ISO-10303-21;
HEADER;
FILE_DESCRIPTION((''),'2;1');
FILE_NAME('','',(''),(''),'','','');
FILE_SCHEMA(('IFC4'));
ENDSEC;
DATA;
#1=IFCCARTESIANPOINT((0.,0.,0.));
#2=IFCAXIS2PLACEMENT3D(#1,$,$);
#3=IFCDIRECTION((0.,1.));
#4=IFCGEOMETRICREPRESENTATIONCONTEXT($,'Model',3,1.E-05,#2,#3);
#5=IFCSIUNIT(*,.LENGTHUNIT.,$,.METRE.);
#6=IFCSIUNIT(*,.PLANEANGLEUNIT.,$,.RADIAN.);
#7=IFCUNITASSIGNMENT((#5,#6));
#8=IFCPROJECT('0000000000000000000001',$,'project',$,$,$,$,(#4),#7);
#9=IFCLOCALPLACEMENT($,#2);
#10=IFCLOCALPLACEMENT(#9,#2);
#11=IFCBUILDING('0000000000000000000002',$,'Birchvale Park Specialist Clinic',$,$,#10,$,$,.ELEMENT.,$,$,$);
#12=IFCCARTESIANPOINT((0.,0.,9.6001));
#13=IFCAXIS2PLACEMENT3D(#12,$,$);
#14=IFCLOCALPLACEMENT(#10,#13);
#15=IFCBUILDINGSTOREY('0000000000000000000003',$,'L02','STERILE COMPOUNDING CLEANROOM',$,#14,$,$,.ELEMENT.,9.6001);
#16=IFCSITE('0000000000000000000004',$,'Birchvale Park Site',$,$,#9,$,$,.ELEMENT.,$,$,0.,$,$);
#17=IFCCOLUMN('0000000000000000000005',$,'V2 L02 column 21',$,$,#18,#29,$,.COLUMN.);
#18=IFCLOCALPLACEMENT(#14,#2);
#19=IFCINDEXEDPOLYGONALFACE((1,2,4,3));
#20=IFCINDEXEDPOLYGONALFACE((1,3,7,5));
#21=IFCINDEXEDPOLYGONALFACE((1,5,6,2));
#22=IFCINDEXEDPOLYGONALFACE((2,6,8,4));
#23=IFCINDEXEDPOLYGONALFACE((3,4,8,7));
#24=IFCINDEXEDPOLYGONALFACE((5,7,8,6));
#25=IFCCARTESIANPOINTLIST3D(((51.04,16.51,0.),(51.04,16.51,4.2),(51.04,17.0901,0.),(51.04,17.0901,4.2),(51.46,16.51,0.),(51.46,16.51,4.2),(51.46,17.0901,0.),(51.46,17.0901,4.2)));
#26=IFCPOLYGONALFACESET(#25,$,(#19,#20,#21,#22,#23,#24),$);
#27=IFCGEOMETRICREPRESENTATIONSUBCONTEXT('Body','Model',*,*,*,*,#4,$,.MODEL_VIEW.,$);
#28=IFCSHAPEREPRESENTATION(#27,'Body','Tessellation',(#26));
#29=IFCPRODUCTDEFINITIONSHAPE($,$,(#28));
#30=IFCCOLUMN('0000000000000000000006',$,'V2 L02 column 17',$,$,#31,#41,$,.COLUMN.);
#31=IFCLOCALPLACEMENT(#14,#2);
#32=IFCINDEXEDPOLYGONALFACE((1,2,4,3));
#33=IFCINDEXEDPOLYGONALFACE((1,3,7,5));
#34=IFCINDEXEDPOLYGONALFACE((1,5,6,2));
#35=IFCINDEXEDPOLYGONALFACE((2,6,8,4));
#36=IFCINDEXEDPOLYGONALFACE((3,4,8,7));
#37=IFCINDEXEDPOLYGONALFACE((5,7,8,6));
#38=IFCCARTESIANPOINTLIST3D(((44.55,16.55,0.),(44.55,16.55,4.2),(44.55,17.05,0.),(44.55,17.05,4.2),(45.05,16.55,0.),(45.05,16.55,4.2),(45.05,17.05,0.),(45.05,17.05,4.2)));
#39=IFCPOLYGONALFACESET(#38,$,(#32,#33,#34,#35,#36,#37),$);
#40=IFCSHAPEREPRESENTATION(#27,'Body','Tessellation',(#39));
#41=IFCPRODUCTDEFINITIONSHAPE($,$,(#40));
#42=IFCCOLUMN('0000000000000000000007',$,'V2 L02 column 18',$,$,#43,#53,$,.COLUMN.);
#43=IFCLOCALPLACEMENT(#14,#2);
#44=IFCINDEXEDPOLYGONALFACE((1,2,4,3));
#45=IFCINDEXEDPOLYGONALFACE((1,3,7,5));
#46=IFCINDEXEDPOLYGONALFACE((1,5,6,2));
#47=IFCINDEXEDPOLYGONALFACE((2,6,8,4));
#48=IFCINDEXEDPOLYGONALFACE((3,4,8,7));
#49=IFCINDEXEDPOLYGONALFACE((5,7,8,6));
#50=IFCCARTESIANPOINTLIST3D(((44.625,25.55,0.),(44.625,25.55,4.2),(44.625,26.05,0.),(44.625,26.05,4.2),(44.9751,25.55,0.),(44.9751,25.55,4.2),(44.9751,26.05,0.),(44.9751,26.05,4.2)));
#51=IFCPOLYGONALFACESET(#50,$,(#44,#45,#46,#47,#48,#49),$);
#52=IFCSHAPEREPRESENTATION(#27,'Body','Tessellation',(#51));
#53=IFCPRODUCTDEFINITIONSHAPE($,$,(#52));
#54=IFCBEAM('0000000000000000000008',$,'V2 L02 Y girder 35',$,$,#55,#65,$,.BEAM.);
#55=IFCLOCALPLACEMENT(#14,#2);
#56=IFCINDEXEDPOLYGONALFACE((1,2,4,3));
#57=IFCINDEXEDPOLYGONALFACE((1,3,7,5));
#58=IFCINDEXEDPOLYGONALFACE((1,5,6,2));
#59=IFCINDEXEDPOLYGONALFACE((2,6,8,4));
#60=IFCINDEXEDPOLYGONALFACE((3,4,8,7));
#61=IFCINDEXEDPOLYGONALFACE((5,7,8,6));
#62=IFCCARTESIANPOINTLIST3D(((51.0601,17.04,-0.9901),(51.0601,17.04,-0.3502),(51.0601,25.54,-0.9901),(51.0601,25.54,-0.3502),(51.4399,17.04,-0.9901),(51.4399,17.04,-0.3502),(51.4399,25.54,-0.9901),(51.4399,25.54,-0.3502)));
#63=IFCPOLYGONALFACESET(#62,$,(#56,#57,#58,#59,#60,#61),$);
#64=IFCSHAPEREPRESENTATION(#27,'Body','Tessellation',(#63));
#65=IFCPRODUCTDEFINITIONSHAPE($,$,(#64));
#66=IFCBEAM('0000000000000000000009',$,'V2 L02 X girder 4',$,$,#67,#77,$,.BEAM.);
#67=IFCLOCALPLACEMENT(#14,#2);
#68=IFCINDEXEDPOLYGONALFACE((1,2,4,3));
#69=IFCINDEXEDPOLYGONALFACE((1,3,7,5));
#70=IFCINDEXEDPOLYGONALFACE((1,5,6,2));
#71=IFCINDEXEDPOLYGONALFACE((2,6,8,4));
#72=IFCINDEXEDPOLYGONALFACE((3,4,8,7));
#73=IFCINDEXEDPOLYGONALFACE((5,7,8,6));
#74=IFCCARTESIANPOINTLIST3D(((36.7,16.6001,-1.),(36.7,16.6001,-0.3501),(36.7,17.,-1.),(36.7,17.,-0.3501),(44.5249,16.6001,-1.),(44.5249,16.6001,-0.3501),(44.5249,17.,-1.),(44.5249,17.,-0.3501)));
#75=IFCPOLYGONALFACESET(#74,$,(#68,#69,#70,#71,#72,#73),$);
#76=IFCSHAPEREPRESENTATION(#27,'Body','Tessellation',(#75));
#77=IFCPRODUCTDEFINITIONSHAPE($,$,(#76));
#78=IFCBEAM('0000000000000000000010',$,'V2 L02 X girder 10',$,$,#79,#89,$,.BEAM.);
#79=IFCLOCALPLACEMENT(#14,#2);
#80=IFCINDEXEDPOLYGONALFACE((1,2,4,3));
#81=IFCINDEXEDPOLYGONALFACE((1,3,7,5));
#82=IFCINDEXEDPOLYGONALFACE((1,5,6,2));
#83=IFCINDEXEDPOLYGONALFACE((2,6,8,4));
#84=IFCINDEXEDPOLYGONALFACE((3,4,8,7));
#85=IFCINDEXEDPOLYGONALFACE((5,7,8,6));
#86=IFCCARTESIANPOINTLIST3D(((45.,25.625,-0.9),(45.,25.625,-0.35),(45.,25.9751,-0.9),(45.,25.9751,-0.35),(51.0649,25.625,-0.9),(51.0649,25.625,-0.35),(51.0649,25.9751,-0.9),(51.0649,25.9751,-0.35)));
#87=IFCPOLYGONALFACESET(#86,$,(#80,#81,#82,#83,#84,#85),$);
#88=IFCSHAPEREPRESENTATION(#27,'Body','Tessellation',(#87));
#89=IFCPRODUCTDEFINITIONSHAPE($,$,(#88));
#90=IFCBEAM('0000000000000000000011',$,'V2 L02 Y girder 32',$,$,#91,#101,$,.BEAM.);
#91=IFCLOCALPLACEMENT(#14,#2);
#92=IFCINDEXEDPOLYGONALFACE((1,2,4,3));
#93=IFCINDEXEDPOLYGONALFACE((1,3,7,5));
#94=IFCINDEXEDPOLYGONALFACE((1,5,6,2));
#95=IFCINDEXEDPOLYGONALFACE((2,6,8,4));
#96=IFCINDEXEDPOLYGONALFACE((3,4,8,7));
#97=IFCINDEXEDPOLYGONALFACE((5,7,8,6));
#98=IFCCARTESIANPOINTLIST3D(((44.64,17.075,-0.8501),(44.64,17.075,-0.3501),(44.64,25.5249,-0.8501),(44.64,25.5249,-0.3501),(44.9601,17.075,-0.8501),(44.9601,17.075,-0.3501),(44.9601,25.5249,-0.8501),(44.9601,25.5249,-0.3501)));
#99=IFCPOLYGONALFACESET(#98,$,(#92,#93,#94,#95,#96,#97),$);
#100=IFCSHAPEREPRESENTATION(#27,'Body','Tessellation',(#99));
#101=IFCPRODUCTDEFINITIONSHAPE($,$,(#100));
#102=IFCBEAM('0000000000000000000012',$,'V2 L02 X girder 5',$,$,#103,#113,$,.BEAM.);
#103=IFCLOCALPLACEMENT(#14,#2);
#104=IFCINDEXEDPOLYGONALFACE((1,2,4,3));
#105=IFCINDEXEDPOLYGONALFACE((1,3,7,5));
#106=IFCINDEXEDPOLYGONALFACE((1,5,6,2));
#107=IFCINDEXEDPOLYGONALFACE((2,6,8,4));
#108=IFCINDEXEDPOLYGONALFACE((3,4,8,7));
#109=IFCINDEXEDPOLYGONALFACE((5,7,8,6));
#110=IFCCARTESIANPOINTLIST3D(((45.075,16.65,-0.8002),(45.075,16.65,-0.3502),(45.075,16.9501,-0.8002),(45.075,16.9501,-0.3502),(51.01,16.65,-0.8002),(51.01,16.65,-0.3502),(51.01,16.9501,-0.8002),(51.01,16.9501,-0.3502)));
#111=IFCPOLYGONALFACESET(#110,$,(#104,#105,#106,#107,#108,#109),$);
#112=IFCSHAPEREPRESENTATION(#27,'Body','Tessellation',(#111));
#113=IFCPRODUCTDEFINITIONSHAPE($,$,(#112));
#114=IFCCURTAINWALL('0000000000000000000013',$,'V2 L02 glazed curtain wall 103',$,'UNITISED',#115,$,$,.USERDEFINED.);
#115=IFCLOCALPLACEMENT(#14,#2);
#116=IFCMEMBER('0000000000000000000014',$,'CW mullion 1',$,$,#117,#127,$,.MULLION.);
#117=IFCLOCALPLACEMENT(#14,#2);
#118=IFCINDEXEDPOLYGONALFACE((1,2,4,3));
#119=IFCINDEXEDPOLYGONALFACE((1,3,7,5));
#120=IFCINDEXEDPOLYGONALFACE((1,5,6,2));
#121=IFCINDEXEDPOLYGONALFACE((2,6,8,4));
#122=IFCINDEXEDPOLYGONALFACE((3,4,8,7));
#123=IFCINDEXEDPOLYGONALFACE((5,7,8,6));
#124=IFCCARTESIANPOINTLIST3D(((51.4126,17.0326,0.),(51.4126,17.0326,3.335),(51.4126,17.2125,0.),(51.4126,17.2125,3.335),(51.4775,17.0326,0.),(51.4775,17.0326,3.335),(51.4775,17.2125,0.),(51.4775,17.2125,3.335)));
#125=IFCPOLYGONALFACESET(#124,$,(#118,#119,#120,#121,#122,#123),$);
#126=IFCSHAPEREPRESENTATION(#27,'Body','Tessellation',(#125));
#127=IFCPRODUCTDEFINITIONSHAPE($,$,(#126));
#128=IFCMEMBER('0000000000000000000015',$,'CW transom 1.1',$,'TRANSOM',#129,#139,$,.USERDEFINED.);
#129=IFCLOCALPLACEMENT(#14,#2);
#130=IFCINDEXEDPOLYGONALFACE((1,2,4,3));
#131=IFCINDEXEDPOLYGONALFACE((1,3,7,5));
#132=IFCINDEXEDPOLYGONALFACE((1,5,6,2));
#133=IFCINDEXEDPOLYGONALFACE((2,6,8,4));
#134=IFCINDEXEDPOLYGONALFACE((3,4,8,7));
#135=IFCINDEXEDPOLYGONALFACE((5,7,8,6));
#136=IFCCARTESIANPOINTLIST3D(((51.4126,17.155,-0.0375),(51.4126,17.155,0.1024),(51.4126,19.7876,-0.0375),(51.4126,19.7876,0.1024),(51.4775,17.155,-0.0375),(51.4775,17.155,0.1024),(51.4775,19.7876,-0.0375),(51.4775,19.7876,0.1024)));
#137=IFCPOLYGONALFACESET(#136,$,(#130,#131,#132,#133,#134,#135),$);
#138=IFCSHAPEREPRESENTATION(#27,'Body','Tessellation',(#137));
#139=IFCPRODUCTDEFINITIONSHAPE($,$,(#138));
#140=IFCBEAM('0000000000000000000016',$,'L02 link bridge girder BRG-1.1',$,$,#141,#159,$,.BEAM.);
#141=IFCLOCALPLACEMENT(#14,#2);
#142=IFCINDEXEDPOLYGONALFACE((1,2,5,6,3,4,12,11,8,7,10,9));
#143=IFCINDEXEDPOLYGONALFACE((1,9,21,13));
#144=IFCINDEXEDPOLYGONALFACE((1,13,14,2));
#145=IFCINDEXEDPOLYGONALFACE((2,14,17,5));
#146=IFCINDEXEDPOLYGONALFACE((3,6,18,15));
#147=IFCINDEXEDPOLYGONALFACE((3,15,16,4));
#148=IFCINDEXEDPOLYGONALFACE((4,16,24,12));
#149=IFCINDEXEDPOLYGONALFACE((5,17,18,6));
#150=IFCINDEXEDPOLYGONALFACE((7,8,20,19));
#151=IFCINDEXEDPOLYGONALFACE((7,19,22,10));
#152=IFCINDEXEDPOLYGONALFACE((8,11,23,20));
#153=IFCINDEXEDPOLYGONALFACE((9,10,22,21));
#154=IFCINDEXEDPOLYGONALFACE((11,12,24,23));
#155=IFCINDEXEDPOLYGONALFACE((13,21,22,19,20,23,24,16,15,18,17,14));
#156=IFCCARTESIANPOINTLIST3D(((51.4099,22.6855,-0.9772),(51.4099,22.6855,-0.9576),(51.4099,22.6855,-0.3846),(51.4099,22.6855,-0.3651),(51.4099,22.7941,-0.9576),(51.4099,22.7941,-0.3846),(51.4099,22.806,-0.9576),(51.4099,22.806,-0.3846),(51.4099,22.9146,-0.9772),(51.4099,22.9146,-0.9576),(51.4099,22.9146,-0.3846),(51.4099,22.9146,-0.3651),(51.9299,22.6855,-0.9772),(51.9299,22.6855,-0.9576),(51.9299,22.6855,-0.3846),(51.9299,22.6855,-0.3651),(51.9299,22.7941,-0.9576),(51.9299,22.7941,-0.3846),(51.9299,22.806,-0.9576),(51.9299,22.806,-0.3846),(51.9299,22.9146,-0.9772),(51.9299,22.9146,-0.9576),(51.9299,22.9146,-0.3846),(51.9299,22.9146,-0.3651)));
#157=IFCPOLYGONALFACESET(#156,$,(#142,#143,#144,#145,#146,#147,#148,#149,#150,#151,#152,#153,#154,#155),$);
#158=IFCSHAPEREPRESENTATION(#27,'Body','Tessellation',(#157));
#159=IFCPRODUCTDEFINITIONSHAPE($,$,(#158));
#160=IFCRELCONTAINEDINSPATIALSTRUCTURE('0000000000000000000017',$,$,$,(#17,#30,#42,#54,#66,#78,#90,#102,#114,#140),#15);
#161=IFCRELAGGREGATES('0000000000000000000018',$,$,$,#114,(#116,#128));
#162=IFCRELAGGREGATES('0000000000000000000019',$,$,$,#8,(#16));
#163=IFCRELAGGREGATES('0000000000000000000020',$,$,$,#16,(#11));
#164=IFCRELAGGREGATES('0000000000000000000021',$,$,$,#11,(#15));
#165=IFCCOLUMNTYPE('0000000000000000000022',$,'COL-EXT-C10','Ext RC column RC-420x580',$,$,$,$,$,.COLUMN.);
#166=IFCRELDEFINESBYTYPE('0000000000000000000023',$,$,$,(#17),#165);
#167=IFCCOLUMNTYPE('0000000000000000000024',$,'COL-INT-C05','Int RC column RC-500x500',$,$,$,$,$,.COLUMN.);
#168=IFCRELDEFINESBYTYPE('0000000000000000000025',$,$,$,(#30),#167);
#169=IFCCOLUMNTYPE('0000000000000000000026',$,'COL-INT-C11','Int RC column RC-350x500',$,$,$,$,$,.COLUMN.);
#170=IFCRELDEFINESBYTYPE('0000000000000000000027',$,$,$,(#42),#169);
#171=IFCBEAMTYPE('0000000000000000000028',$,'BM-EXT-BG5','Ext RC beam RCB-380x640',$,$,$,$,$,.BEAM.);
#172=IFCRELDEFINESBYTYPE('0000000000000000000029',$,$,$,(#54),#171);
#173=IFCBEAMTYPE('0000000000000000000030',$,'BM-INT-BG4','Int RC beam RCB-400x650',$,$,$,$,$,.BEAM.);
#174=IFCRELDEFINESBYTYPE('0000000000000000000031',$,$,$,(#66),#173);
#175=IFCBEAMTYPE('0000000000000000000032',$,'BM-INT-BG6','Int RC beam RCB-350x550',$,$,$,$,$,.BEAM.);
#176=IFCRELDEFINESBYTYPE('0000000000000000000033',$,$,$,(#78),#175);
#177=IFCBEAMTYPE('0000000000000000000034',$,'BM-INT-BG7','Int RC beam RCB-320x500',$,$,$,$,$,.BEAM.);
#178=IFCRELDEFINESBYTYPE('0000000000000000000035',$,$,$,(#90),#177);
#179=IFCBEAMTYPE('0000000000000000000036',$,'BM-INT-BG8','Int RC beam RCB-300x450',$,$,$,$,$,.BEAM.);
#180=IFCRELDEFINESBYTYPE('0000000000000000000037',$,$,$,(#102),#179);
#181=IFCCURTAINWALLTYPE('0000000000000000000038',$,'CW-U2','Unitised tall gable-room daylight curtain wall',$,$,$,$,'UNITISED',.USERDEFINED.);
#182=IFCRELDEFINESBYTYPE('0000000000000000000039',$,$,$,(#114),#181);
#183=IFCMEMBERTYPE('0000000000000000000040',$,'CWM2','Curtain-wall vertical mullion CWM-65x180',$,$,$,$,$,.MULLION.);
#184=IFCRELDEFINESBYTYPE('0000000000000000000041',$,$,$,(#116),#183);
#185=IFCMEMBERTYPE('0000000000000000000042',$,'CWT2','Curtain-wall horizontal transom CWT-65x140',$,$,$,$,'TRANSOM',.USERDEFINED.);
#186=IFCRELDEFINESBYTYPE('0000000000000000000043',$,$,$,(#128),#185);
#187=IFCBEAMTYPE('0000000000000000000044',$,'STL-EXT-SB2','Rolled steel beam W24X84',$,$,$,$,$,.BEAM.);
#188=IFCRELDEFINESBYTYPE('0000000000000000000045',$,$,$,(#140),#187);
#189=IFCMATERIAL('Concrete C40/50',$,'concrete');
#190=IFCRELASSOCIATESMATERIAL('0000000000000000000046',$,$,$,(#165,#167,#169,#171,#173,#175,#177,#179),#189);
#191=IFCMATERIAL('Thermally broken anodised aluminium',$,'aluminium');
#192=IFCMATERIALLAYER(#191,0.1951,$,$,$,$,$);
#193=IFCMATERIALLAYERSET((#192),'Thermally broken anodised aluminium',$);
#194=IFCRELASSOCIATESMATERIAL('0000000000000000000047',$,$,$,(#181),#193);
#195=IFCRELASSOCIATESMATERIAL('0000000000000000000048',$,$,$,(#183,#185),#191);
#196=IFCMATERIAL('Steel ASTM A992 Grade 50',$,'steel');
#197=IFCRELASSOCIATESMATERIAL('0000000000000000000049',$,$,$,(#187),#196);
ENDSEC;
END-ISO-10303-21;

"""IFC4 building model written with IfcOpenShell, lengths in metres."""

from ifc_helpers import new_model, si_unit, direction, frame, origin, origin_2d, place, context, subcontext, project, spatial, rectangle, i_section, extrude, material, layer, layer_set, material_profile, profile_set, type_object, element, aggregate, save


model = new_model("IFC4")

# Units and contexts
model_context = context("Model", 3, precision=1e-05, world=origin(), true_north=direction((0.0, 1.0)))
body_context = subcontext(model_context, "Body", "Model", "MODEL_VIEW")
ifc_project = project(units=[si_unit("LENGTHUNIT", "METRE"), si_unit("PLANEANGLEUNIT", "RADIAN")], contexts=[model_context])

# Site, building, storey
site_placement = place(None, origin())
site = spatial("IfcSite", under=ifc_project, at=site_placement, Name="Birchvale Park Site", CompositionType="ELEMENT", RefElevation=0.0)
building_placement = place(site_placement, origin())
building = spatial("IfcBuilding", under=site, at=building_placement, Name="Birchvale Park Specialist Clinic", CompositionType="ELEMENT")
storey_placement = place(building_placement, frame((0.0, 0.0, 9.6001)))
storey = spatial("IfcBuildingStorey", under=building, at=storey_placement, Name="L02", Description="STERILE COMPOUNDING CLEANROOM", CompositionType="ELEMENT", Elevation=9.6001)

# Columns
ifc_material_1 = material(Name="Concrete C40/50", Category="concrete")
ifc_material_profile_1 = material_profile(ifc_material_1, rectangle(XDim=0.4199, YDim=0.5801, at=origin_2d()), Name="RC-420x580")
ifc_profile_set_1 = profile_set([ifc_material_profile_1], Name="Concrete C40/50")
column_type_1 = type_object("IfcColumnType", Name="COL-EXT-C10", Description="Ext RC column RC-420x580", PredefinedType="COLUMN", material=ifc_profile_set_1)
column_1_placement = place(storey_placement, frame((51.25, 16.8, 0.0), z_axis=(0.0, 0.0, 1.0), x_axis=(1.0, 0.0, 0.0)))
element("IfcColumn", 1, at=column_1_placement, inside=storey, type_object=column_type_1, Name="V2 L02 column 21", PredefinedType="COLUMN", context=body_context, shape_type="SweptSolid", body=[
    extrude(rectangle(XDim=0.4199, YDim=0.5801, at=origin_2d()), origin(), (0.0, 0.0, 1.0), 4.2),
])
ifc_material_profile_2 = material_profile(ifc_material_1, rectangle(XDim=0.5, YDim=0.5, at=origin_2d()), Name="RC-500x500")
ifc_profile_set_2 = profile_set([ifc_material_profile_2], Name="Concrete C40/50")
column_type_2 = type_object("IfcColumnType", Name="COL-INT-C05", Description="Int RC column RC-500x500", PredefinedType="COLUMN", material=ifc_profile_set_2)
column_2_placement = place(storey_placement, frame((44.8, 16.8, 0.0), z_axis=(0.0, 0.0, 1.0), x_axis=(1.0, 0.0, 0.0)))
element("IfcColumn", 2, at=column_2_placement, inside=storey, type_object=column_type_2, Name="V2 L02 column 17", PredefinedType="COLUMN", context=body_context, shape_type="SweptSolid", body=[
    extrude(rectangle(XDim=0.5, YDim=0.5, at=origin_2d()), origin(), (0.0, 0.0, 1.0), 4.2),
])
ifc_material_profile_3 = material_profile(ifc_material_1, rectangle(XDim=0.3501, YDim=0.5, at=origin_2d()), Name="RC-350x500")
ifc_profile_set_3 = profile_set([ifc_material_profile_3], Name="Concrete C40/50")
column_type_3 = type_object("IfcColumnType", Name="COL-INT-C11", Description="Int RC column RC-350x500", PredefinedType="COLUMN", material=ifc_profile_set_3)
column_3_placement = place(storey_placement, frame((44.8, 25.8, 0.0), z_axis=(0.0, 0.0, 1.0), x_axis=(1.0, 0.0, 0.0)))
element("IfcColumn", 3, at=column_3_placement, inside=storey, type_object=column_type_3, Name="V2 L02 column 18", PredefinedType="COLUMN", context=body_context, shape_type="SweptSolid", body=[
    extrude(rectangle(XDim=0.3501, YDim=0.5, at=origin_2d()), origin(), (0.0, 0.0, 1.0), 4.2),
])

# Beams
ifc_material_profile_4 = material_profile(ifc_material_1, rectangle(XDim=0.3799, YDim=0.6399, at=origin_2d()), Name="RCB-380x640")
ifc_profile_set_4 = profile_set([ifc_material_profile_4], Name="Concrete C40/50")
beam_type_1 = type_object("IfcBeamType", Name="BM-EXT-BG5", Description="Ext RC beam RCB-380x640", PredefinedType="BEAM", material=ifc_profile_set_4)
beam_1_placement = place(storey_placement, frame((51.25, 17.04, -0.6702), z_axis=(0.0, 1.0, 0.0), x_axis=(-1.0, 0.0, 0.0)))
element("IfcBeam", 4, at=beam_1_placement, inside=storey, type_object=beam_type_1, Name="V2 L02 Y girder 35", PredefinedType="BEAM", context=body_context, shape_type="SweptSolid", body=[
    extrude(rectangle(XDim=0.3799, YDim=0.6399, at=origin_2d()), origin(), (0.0, 0.0, 1.0), 8.5),
])
ifc_material_profile_5 = material_profile(ifc_material_1, rectangle(XDim=0.3999, YDim=0.6499, at=origin_2d()), Name="RCB-400x650")
ifc_profile_set_5 = profile_set([ifc_material_profile_5], Name="Concrete C40/50")
beam_type_2 = type_object("IfcBeamType", Name="BM-INT-BG4", Description="Int RC beam RCB-400x650", PredefinedType="BEAM", material=ifc_profile_set_5)
beam_2_placement = place(storey_placement, frame((36.7, 16.8, -0.675), z_axis=(1.0, 0.0, 0.0), x_axis=(0.0, 1.0, 0.0)))
element("IfcBeam", 5, at=beam_2_placement, inside=storey, type_object=beam_type_2, Name="V2 L02 X girder 4", PredefinedType="BEAM", context=body_context, shape_type="SweptSolid", body=[
    extrude(rectangle(XDim=0.3999, YDim=0.6499, at=origin_2d()), origin(), (0.0, 0.0, 1.0), 7.825),
])
ifc_material_profile_6 = material_profile(ifc_material_1, rectangle(XDim=0.3501, YDim=0.55, at=origin_2d()), Name="RCB-350x550")
ifc_profile_set_6 = profile_set([ifc_material_profile_6], Name="Concrete C40/50")
beam_type_3 = type_object("IfcBeamType", Name="BM-INT-BG6", Description="Int RC beam RCB-350x550", PredefinedType="BEAM", material=ifc_profile_set_6)
beam_3_placement = place(storey_placement, frame((45.0, 25.8, -0.625), z_axis=(1.0, 0.0, 0.0), x_axis=(0.0, 1.0, 0.0)))
element("IfcBeam", 6, at=beam_3_placement, inside=storey, type_object=beam_type_3, Name="V2 L02 X girder 10", PredefinedType="BEAM", context=body_context, shape_type="SweptSolid", body=[
    extrude(rectangle(XDim=0.3501, YDim=0.55, at=origin_2d()), origin(), (0.0, 0.0, 1.0), 6.0649),
])
ifc_material_profile_7 = material_profile(ifc_material_1, rectangle(XDim=0.3201, YDim=0.5, at=origin_2d()), Name="RCB-320x500")
ifc_profile_set_7 = profile_set([ifc_material_profile_7], Name="Concrete C40/50")
beam_type_4 = type_object("IfcBeamType", Name="BM-INT-BG7", Description="Int RC beam RCB-320x500", PredefinedType="BEAM", material=ifc_profile_set_7)
beam_4_placement = place(storey_placement, frame((44.8, 17.075, -0.6001), z_axis=(0.0, 1.0, 0.0), x_axis=(-1.0, 0.0, 0.0)))
element("IfcBeam", 7, at=beam_4_placement, inside=storey, type_object=beam_type_4, Name="V2 L02 Y girder 32", PredefinedType="BEAM", context=body_context, shape_type="SweptSolid", body=[
    extrude(rectangle(XDim=0.3201, YDim=0.5, at=origin_2d()), origin(), (0.0, 0.0, 1.0), 8.45),
])
ifc_material_profile_8 = material_profile(ifc_material_1, rectangle(XDim=0.3, YDim=0.45, at=origin_2d()), Name="RCB-300x450")
ifc_profile_set_8 = profile_set([ifc_material_profile_8], Name="Concrete C40/50")
beam_type_5 = type_object("IfcBeamType", Name="BM-INT-BG8", Description="Int RC beam RCB-300x450", PredefinedType="BEAM", material=ifc_profile_set_8)
beam_5_placement = place(storey_placement, frame((45.075, 16.8, -0.5752), z_axis=(1.0, 0.0, 0.0), x_axis=(0.0, 1.0, 0.0)))
element("IfcBeam", 8, at=beam_5_placement, inside=storey, type_object=beam_type_5, Name="V2 L02 X girder 5", PredefinedType="BEAM", context=body_context, shape_type="SweptSolid", body=[
    extrude(rectangle(XDim=0.3, YDim=0.45, at=origin_2d()), origin(), (0.0, 0.0, 1.0), 5.9351),
])

# Curtain wall, members
ifc_material_2 = material(Name="Thermally broken anodised aluminium", Category="aluminium")
ifc_layer_1 = layer(ifc_material_2, 0.1951)
ifc_layer_set_1 = layer_set([ifc_layer_1], Name="Thermally broken anodised aluminium")
curtain_wall_type = type_object("IfcCurtainWallType", Name="CW-U2", Description="Unitised tall gable-room daylight curtain wall", ElementType="UNITISED", PredefinedType="USERDEFINED", material=ifc_layer_set_1)
curtain_wall_placement = place(storey_placement, origin())
curtain_wall = element("IfcCurtainWall", 9, at=curtain_wall_placement, inside=storey, type_object=curtain_wall_type, Name="V2 L02 glazed curtain wall 103", ObjectType="UNITISED", PredefinedType="USERDEFINED")
ifc_material_profile_9 = material_profile(ifc_material_2, rectangle(XDim=0.0649, YDim=0.1799, at=origin_2d()), Name="CWM-65x180")
ifc_profile_set_9 = profile_set([ifc_material_profile_9], Name="Thermally broken anodised aluminium")
member_type_1 = type_object("IfcMemberType", Name="CWM2", Description="Curtain-wall vertical mullion CWM-65x180", PredefinedType="MULLION", material=ifc_profile_set_9)
member_1_placement = place(storey_placement, frame((51.4451, 17.1226, 0.0), z_axis=(0.0, 0.0, 1.0), x_axis=(-1.0, 0.0, 0.0)))
member_1 = element("IfcMember", 10, at=member_1_placement, type_object=member_type_1, Name="CW mullion 1", PredefinedType="MULLION", context=body_context, shape_type="SweptSolid", body=[
    extrude(rectangle(XDim=0.0649, YDim=0.1799, at=origin_2d()), origin(), (0.0, 0.0, 1.0), 3.335),
])
ifc_material_profile_10 = material_profile(ifc_material_2, rectangle(XDim=0.0649, YDim=0.1399, at=origin_2d()), Name="CWT-65x140")
ifc_profile_set_10 = profile_set([ifc_material_profile_10], Name="Thermally broken anodised aluminium")
member_type_2 = type_object("IfcMemberType", Name="CWT2", Description="Curtain-wall horizontal transom CWT-65x140", ElementType="TRANSOM", PredefinedType="USERDEFINED", material=ifc_profile_set_10)
member_2_placement = place(storey_placement, frame((51.4451, 17.155, 0.0325), z_axis=(0.0, 1.0, 0.0), x_axis=(-1.0, 0.0, 0.0)))
member_2 = element("IfcMember", 11, at=member_2_placement, type_object=member_type_2, Name="CW transom 1.1", ObjectType="TRANSOM", PredefinedType="USERDEFINED", context=body_context, shape_type="SweptSolid", body=[
    extrude(rectangle(XDim=0.0649, YDim=0.1399, at=origin_2d()), origin(), (0.0, 0.0, 1.0), 2.6326),
])
aggregate(curtain_wall, [member_1, member_2])

# Beam
ifc_material_3 = material(Name="Steel ASTM A992 Grade 50", Category="steel")
ifc_material_profile_11 = material_profile(ifc_material_3, i_section(OverallWidth=0.229, OverallDepth=0.6121, WebThickness=0.012, FlangeThickness=0.0195, at=origin_2d()), Name="W24X84")
ifc_profile_set_11 = profile_set([ifc_material_profile_11], Name="Steel ASTM A992 Grade 50")
beam_type_6 = type_object("IfcBeamType", Name="STL-EXT-SB2", Description="Rolled steel beam W24X84", PredefinedType="BEAM", material=ifc_profile_set_11)
for number, where, z_axis, x_axis, name in (
    (12, (51.4099, 22.8, -0.6711), (1.0, 0.0, 0.0), (0.0, 1.0, 0.0), "L02 link bridge girder BRG-1.1"),
):
    element("IfcBeam", number, at=place(storey_placement, frame(where, z_axis=z_axis, x_axis=x_axis)), inside=storey, type_object=beam_type_6, Name=name, PredefinedType="BEAM", context=body_context, shape_type="SweptSolid", body=[
        extrude(i_section(OverallWidth=0.229, OverallDepth=0.6121, WebThickness=0.012, FlangeThickness=0.0195, at=origin_2d()), origin(), (0.0, 0.0, 1.0), 0.52),
    ])

save(model, "model.ifc")
